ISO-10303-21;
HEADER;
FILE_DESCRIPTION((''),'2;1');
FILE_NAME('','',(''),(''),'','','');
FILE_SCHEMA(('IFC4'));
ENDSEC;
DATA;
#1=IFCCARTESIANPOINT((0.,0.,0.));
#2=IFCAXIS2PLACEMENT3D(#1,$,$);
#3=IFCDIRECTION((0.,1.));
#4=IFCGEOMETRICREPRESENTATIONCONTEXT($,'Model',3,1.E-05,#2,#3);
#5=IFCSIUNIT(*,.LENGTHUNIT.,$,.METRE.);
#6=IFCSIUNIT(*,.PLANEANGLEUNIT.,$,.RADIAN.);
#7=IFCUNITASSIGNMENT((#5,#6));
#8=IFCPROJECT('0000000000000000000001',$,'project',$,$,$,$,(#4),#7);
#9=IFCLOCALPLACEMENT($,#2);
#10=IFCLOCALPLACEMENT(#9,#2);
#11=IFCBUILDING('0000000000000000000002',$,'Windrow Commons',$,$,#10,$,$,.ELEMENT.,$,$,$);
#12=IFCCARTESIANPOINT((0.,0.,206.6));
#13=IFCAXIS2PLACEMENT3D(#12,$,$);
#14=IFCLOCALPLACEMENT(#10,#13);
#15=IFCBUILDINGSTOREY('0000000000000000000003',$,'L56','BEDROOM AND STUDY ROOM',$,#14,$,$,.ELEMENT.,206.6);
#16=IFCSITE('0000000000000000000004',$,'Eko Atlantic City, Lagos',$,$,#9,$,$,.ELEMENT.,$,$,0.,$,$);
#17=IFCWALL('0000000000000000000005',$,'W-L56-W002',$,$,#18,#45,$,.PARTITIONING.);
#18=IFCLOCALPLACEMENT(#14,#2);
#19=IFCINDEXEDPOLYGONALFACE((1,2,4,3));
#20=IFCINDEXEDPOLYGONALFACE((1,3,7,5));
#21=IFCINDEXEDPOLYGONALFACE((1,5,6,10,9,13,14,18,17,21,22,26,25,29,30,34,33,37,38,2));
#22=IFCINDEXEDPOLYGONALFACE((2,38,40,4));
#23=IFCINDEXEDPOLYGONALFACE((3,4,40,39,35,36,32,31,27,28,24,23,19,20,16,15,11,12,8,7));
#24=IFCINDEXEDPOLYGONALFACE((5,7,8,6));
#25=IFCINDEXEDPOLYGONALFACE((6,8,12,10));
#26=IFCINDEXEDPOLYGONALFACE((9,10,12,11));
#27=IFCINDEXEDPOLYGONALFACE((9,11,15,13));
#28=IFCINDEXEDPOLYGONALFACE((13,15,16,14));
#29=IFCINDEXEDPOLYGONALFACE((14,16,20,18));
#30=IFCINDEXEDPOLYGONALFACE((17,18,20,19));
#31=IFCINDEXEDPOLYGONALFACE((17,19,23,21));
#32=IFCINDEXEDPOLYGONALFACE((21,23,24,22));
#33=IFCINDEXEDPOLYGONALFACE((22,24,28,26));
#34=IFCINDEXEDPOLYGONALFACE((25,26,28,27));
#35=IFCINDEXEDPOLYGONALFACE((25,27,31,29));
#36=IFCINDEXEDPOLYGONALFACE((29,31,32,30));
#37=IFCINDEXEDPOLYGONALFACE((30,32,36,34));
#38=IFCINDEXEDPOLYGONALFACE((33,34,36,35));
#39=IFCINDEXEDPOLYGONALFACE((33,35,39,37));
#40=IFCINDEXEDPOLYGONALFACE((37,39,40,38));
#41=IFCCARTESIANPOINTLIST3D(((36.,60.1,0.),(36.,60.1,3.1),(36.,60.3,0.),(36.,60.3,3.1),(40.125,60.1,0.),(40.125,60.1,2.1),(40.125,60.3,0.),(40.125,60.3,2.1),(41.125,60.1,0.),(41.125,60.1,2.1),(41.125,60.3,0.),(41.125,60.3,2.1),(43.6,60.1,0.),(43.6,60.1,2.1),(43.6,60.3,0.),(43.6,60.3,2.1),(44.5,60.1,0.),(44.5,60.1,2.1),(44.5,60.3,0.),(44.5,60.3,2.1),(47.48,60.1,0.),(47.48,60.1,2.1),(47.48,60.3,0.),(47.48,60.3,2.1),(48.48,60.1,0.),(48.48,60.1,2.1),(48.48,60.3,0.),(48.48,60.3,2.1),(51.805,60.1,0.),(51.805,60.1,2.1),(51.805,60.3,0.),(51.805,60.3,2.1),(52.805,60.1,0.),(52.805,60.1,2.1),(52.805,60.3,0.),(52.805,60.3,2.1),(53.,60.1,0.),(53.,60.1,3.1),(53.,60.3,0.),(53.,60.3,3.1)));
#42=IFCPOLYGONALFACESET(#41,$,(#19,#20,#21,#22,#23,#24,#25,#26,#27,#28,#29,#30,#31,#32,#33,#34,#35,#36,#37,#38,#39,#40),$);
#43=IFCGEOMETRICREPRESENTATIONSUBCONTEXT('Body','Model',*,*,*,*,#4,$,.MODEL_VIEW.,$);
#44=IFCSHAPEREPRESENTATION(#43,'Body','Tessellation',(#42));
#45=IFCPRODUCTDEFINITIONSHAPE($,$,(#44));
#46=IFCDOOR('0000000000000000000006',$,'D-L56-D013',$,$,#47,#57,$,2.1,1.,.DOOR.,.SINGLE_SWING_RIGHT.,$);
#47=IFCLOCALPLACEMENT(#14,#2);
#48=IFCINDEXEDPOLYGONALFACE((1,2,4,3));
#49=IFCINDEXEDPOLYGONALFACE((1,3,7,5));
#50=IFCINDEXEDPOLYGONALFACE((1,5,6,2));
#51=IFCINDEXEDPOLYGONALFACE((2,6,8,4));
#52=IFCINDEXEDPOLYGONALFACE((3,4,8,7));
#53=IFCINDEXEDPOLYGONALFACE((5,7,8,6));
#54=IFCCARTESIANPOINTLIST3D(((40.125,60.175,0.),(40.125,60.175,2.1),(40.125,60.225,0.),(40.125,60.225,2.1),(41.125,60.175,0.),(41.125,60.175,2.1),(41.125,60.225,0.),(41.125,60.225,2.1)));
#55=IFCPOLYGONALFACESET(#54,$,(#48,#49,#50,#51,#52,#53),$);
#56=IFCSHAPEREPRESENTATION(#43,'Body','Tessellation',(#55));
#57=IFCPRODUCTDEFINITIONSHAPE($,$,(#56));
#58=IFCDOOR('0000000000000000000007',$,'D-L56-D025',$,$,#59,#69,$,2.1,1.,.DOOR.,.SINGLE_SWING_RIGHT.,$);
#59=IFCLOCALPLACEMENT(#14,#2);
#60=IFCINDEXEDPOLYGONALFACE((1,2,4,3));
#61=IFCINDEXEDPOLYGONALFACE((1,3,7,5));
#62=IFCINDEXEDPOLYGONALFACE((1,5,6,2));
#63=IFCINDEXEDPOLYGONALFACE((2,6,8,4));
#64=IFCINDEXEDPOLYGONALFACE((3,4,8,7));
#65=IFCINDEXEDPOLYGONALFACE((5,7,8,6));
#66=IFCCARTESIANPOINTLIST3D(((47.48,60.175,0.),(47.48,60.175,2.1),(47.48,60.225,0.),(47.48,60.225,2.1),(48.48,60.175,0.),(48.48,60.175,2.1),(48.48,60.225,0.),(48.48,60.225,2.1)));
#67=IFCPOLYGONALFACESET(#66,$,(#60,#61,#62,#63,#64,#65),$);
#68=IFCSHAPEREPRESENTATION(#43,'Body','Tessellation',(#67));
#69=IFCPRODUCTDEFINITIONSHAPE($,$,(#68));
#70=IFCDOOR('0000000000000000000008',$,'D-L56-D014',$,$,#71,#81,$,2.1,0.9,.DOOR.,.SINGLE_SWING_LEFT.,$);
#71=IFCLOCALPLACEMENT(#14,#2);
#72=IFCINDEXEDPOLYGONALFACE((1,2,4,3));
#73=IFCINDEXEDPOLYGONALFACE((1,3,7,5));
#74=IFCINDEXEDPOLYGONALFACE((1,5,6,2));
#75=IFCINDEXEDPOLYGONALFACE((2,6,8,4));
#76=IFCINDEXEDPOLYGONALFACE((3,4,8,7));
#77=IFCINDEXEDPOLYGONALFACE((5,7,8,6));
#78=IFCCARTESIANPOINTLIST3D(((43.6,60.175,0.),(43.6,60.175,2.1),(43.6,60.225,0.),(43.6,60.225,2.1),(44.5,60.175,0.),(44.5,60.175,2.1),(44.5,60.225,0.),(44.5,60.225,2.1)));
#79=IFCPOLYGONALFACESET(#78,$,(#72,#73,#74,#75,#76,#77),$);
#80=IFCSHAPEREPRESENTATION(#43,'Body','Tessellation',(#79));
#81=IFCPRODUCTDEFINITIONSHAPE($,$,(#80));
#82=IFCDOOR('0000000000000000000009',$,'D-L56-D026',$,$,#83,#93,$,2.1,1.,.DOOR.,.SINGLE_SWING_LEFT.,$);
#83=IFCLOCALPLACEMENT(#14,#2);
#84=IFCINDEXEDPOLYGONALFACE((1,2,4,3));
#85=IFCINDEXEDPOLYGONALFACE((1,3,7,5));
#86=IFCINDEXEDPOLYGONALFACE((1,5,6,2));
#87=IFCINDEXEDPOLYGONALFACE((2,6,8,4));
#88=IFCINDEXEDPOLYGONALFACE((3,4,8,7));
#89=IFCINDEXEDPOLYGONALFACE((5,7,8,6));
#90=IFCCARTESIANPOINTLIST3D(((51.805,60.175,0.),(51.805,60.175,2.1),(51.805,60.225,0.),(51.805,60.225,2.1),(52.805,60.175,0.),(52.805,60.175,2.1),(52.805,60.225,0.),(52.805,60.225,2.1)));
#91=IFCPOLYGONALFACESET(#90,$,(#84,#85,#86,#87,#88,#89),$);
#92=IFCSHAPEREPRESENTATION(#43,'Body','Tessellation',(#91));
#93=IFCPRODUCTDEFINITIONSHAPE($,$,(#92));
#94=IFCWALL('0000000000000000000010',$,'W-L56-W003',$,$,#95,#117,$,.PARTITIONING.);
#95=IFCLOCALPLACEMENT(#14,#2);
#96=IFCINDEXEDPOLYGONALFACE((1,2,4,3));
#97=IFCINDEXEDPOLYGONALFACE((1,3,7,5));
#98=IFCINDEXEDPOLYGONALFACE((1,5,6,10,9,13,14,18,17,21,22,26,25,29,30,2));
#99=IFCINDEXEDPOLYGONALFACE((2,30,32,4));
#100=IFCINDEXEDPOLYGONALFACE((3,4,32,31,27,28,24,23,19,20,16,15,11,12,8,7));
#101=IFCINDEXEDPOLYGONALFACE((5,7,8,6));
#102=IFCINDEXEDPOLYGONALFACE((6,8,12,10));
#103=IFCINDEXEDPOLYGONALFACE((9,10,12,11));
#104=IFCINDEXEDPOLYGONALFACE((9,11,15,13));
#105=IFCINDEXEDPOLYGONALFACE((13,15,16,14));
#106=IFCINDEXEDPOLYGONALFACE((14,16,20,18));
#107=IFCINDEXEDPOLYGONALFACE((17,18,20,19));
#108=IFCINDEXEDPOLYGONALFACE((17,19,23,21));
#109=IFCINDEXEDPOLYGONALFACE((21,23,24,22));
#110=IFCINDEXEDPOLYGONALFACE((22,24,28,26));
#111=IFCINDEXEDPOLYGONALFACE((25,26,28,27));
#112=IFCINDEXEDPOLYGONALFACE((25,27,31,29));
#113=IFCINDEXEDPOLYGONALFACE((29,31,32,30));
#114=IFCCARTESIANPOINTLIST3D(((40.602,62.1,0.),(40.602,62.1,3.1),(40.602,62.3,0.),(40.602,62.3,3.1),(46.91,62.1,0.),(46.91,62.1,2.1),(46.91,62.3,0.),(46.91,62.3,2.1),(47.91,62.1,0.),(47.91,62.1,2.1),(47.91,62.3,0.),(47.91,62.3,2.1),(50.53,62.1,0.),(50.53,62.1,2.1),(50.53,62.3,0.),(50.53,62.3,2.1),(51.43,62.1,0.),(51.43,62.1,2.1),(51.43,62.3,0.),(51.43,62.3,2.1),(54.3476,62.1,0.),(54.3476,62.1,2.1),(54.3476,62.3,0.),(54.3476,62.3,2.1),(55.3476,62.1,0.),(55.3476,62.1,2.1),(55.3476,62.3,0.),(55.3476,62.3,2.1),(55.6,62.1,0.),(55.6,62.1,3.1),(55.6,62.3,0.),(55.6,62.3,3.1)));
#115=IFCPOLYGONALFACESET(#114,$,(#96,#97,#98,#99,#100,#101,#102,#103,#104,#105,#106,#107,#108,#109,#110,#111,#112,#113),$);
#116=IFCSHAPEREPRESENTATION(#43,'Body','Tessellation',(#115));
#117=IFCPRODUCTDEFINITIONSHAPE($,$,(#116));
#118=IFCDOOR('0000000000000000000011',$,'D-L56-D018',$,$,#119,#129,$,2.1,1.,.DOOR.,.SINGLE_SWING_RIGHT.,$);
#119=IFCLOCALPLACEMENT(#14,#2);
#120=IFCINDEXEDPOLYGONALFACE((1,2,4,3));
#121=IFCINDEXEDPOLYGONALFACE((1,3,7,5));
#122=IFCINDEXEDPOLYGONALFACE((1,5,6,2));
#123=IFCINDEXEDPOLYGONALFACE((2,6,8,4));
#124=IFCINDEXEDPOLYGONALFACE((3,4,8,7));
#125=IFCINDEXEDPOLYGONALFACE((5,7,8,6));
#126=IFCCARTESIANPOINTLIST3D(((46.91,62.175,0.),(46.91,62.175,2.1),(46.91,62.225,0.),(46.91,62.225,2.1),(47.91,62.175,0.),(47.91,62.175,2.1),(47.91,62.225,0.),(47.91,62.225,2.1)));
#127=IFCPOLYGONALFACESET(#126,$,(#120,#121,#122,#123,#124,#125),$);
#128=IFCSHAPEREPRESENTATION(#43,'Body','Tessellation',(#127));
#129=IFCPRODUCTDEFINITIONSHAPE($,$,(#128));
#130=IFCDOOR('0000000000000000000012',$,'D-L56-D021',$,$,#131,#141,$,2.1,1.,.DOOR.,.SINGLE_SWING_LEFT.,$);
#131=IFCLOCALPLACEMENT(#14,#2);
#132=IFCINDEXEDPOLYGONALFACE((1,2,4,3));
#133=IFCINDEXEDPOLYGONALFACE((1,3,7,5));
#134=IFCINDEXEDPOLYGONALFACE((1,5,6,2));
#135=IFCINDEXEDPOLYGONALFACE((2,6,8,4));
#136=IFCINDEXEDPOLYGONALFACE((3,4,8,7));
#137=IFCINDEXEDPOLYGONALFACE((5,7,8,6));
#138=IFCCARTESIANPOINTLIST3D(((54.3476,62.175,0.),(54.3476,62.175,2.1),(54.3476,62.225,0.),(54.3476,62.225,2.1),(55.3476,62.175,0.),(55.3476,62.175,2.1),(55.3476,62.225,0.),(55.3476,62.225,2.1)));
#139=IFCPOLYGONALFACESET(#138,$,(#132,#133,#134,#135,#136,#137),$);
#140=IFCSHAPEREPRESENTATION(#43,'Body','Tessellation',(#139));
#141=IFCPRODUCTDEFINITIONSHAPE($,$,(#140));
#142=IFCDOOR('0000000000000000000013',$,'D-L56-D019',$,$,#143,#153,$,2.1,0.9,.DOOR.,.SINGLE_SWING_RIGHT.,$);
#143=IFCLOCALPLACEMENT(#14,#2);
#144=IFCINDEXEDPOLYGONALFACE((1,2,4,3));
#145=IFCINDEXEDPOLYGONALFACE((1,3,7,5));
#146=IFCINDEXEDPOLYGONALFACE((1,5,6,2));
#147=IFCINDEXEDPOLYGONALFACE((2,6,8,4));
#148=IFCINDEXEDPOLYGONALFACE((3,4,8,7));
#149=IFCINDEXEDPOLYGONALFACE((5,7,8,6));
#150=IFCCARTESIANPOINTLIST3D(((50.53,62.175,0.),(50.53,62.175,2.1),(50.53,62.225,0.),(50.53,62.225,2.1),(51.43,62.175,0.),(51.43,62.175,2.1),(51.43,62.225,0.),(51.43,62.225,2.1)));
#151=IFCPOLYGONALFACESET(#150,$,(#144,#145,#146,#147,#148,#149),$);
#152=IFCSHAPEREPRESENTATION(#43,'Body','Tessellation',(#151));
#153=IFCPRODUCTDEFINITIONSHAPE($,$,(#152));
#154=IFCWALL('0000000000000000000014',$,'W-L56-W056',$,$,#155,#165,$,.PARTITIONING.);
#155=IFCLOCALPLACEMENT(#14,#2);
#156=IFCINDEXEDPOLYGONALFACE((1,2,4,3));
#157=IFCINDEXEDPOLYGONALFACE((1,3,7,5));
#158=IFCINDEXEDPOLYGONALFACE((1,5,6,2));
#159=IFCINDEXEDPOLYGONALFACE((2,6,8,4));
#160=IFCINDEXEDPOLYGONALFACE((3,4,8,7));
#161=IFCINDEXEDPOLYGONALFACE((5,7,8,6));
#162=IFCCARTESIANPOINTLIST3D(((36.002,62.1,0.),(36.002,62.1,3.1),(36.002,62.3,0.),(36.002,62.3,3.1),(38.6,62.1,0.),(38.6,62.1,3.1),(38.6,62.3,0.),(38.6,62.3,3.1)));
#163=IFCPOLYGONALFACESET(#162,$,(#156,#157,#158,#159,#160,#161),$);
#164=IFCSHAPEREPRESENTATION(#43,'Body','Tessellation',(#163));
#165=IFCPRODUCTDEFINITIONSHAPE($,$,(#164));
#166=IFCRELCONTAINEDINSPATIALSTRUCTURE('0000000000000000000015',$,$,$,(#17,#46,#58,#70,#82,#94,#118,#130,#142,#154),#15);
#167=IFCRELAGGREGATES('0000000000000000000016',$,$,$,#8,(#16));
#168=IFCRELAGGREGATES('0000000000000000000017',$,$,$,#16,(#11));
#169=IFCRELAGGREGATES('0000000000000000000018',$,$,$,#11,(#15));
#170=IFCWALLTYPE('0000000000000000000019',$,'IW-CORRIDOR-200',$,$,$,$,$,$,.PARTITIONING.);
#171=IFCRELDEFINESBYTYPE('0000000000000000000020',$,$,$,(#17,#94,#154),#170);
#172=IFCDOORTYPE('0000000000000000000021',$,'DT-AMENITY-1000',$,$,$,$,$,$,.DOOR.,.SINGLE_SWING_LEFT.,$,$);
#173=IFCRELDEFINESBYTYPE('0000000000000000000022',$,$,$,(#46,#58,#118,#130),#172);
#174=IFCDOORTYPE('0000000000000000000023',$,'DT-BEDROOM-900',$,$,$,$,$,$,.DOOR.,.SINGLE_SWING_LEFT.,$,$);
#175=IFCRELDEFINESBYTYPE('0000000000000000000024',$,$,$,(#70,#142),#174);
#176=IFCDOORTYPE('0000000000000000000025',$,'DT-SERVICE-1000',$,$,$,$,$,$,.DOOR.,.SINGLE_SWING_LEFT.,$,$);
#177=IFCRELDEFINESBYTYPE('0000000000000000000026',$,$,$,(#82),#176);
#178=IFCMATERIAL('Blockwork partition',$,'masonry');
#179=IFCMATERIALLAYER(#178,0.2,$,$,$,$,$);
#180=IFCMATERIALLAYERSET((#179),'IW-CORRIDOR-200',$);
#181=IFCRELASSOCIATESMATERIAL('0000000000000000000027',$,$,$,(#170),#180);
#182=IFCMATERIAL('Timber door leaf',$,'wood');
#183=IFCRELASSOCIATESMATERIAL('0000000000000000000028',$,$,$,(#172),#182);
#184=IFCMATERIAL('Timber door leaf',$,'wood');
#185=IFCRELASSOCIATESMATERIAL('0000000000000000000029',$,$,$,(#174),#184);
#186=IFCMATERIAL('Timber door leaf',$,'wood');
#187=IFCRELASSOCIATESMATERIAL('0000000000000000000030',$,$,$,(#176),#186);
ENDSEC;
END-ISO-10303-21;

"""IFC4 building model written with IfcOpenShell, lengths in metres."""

from ifc_helpers import new_model, si_unit, direction, frame, frame_2d, origin, place, context, subcontext, project, spatial, rectangle, extrude, material, layer, layer_set, type_object, element, fill, save


model = new_model("IFC4")

# Units and contexts
model_context = context("Model", 3, precision=1e-05, world=origin(), true_north=direction((0.0, 1.0)))
body_context = subcontext(model_context, "Body", "Model", "MODEL_VIEW")
ifc_project = project(units=[si_unit("LENGTHUNIT", "METRE"), si_unit("PLANEANGLEUNIT", "RADIAN")], contexts=[model_context])

# Site, building, storey
site_placement = place(None, origin())
site = spatial("IfcSite", under=ifc_project, at=site_placement, Name="Eko Atlantic City, Lagos", CompositionType="ELEMENT", RefElevation=0.0)
building_placement = place(site_placement, origin())
building = spatial("IfcBuilding", under=site, at=building_placement, Name="Windrow Commons", CompositionType="ELEMENT")
storey_placement = place(building_placement, frame((0.0, 0.0, 206.6)))
storey = spatial("IfcBuildingStorey", under=building, at=storey_placement, Name="L56", Description="BEDROOM AND STUDY ROOM", CompositionType="ELEMENT", Elevation=206.6)

# Walls, openings, doors
ifc_material_1 = material(Name="Blockwork partition", Category="masonry")
ifc_layer_1 = layer(ifc_material_1, 0.2)
ifc_layer_set_1 = layer_set([ifc_layer_1], Name="IW-CORRIDOR-200")
wall_type_1 = type_object("IfcWallType", Name="IW-CORRIDOR-200", PredefinedType="PARTITIONING", material=ifc_layer_set_1)
wall_1_placement = place(storey_placement, frame((36.0, 60.2, 0.0), z_axis=(0.0, 0.0, 1.0), x_axis=(1.0, 0.0, 0.0)))
wall_1 = element("IfcWall", 1, at=wall_1_placement, inside=storey, type_object=wall_type_1, Name="W-L56-W002", PredefinedType="PARTITIONING", context=body_context, shape_type="SweptSolid", body=[
    extrude(rectangle(XDim=17.0, YDim=0.2, at=frame_2d((8.5, 0.0))), origin(), (0.0, 0.0, 1.0), 3.1),
])
opening_1_placement = place(wall_1_placement, frame((4.125, 0.0, 0.0)))
opening_1 = element("IfcOpeningElement", 2, at=opening_1_placement, cuts=wall_1, PredefinedType="OPENING", context=body_context, shape_type="SweptSolid", body=[
    extrude(rectangle(XDim=1.0, YDim=2.1, at=frame_2d((0.5, 1.05))), frame((0.0, 0.11, 0.0), z_axis=(0.0, -1.0, 0.0), x_axis=(1.0, 0.0, 0.0)), (0.0, 0.0, 1.0), 0.22),
])
opening_2_placement = place(wall_1_placement, frame((7.6, 0.0, 0.0)))
opening_2 = element("IfcOpeningElement", 3, at=opening_2_placement, cuts=wall_1, PredefinedType="OPENING", context=body_context, shape_type="SweptSolid", body=[
    extrude(rectangle(XDim=0.9, YDim=2.1, at=frame_2d((0.45, 1.05))), frame((0.0, 0.11, 0.0), z_axis=(0.0, -1.0, 0.0), x_axis=(1.0, 0.0, 0.0)), (0.0, 0.0, 1.0), 0.22),
])
opening_3_placement = place(wall_1_placement, frame((11.48, 0.0, 0.0)))
opening_3 = element("IfcOpeningElement", 4, at=opening_3_placement, cuts=wall_1, PredefinedType="OPENING", context=body_context, shape_type="SweptSolid", body=[
    extrude(rectangle(XDim=1.0, YDim=2.1, at=frame_2d((0.5, 1.05))), frame((0.0, 0.11, 0.0), z_axis=(0.0, -1.0, 0.0), x_axis=(1.0, 0.0, 0.0)), (0.0, 0.0, 1.0), 0.22),
])
opening_4_placement = place(wall_1_placement, frame((15.805, 0.0, 0.0)))
opening_4 = element("IfcOpeningElement", 5, at=opening_4_placement, cuts=wall_1, PredefinedType="OPENING", context=body_context, shape_type="SweptSolid", body=[
    extrude(rectangle(XDim=1.0, YDim=2.1, at=frame_2d((0.5, 1.05))), frame((0.0, 0.11, 0.0), z_axis=(0.0, -1.0, 0.0), x_axis=(1.0, 0.0, 0.0)), (0.0, 0.0, 1.0), 0.22),
])
ifc_material_2 = material(Name="Timber door leaf", Category="wood")
door_type_1 = type_object("IfcDoorType", Name="DT-AMENITY-1000", OperationType="SINGLE_SWING_LEFT", PredefinedType="DOOR", material=ifc_material_2)
door_1_placement = place(opening_1_placement, origin())
door_1 = element("IfcDoor", 6, at=door_1_placement, inside=storey, type_object=door_type_1, Name="D-L56-D013", OperationType="SINGLE_SWING_RIGHT", OverallHeight=2.1, OverallWidth=1.0, PredefinedType="DOOR", context=body_context, shape_type="SweptSolid", body=[
    extrude(rectangle(XDim=1.0, YDim=2.1, at=frame_2d((0.5, 1.05))), frame((0.0, 0.025, 0.0), z_axis=(0.0, -1.0, 0.0), x_axis=(1.0, 0.0, 0.0)), (0.0, 0.0, 1.0), 0.05),
])
fill(opening_1, door_1)
door_2_placement = place(opening_3_placement, origin())
door_2 = element("IfcDoor", 7, at=door_2_placement, inside=storey, type_object=door_type_1, Name="D-L56-D025", OperationType="SINGLE_SWING_RIGHT", OverallHeight=2.1, OverallWidth=1.0, PredefinedType="DOOR", context=body_context, shape_type="SweptSolid", body=[
    extrude(rectangle(XDim=1.0, YDim=2.1, at=frame_2d((0.5, 1.05))), frame((0.0, 0.025, 0.0), z_axis=(0.0, -1.0, 0.0), x_axis=(1.0, 0.0, 0.0)), (0.0, 0.0, 1.0), 0.05),
])
fill(opening_3, door_2)
ifc_material_3 = material(Name="Timber door leaf", Category="wood")
door_type_2 = type_object("IfcDoorType", Name="DT-BEDROOM-900", OperationType="SINGLE_SWING_LEFT", PredefinedType="DOOR", material=ifc_material_3)
door_3_placement = place(opening_2_placement, origin())
door_3 = element("IfcDoor", 8, at=door_3_placement, inside=storey, type_object=door_type_2, Name="D-L56-D014", OperationType="SINGLE_SWING_LEFT", OverallHeight=2.1, OverallWidth=0.9, PredefinedType="DOOR", context=body_context, shape_type="SweptSolid", body=[
    extrude(rectangle(XDim=0.9, YDim=2.1, at=frame_2d((0.45, 1.05))), frame((0.0, 0.025, 0.0), z_axis=(0.0, -1.0, 0.0), x_axis=(1.0, 0.0, 0.0)), (0.0, 0.0, 1.0), 0.05),
])
fill(opening_2, door_3)
ifc_material_4 = material(Name="Timber door leaf", Category="wood")
door_type_3 = type_object("IfcDoorType", Name="DT-SERVICE-1000", OperationType="SINGLE_SWING_LEFT", PredefinedType="DOOR", material=ifc_material_4)
door_4_placement = place(opening_4_placement, origin())
door_4 = element("IfcDoor", 9, at=door_4_placement, inside=storey, type_object=door_type_3, Name="D-L56-D026", OperationType="SINGLE_SWING_LEFT", OverallHeight=2.1, OverallWidth=1.0, PredefinedType="DOOR", context=body_context, shape_type="SweptSolid", body=[
    extrude(rectangle(XDim=1.0, YDim=2.1, at=frame_2d((0.5, 1.05))), frame((0.0, 0.025, 0.0), z_axis=(0.0, -1.0, 0.0), x_axis=(1.0, 0.0, 0.0)), (0.0, 0.0, 1.0), 0.05),
])
fill(opening_4, door_4)
wall_2_placement = place(storey_placement, frame((40.602, 62.2, 0.0), z_axis=(0.0, 0.0, 1.0), x_axis=(1.0, 0.0, 0.0)))
wall_2 = element("IfcWall", 10, at=wall_2_placement, inside=storey, type_object=wall_type_1, Name="W-L56-W003", PredefinedType="PARTITIONING", context=body_context, shape_type="SweptSolid", body=[
    extrude(rectangle(XDim=14.998, YDim=0.2, at=frame_2d((7.499, 0.0))), origin(), (0.0, 0.0, 1.0), 3.1),
])
opening_5_placement = place(wall_2_placement, frame((6.308, 0.0, 0.0)))
opening_5 = element("IfcOpeningElement", 11, at=opening_5_placement, cuts=wall_2, PredefinedType="OPENING", context=body_context, shape_type="SweptSolid", body=[
    extrude(rectangle(XDim=1.0, YDim=2.1, at=frame_2d((0.5, 1.05))), frame((0.0, 0.11, 0.0), z_axis=(0.0, -1.0, 0.0), x_axis=(1.0, 0.0, 0.0)), (0.0, 0.0, 1.0), 0.22),
])
opening_6_placement = place(wall_2_placement, frame((9.928, 0.0, 0.0)))
opening_6 = element("IfcOpeningElement", 12, at=opening_6_placement, cuts=wall_2, PredefinedType="OPENING", context=body_context, shape_type="SweptSolid", body=[
    extrude(rectangle(XDim=0.9, YDim=2.1, at=frame_2d((0.45, 1.05))), frame((0.0, 0.11, 0.0), z_axis=(0.0, -1.0, 0.0), x_axis=(1.0, 0.0, 0.0)), (0.0, 0.0, 1.0), 0.22),
])
opening_7_placement = place(wall_2_placement, frame((13.7456, 0.0, 0.0)))
opening_7 = element("IfcOpeningElement", 13, at=opening_7_placement, cuts=wall_2, PredefinedType="OPENING", context=body_context, shape_type="SweptSolid", body=[
    extrude(rectangle(XDim=1.0, YDim=2.1, at=frame_2d((0.5, 1.05))), frame((0.0, 0.11, 0.0), z_axis=(0.0, -1.0, 0.0), x_axis=(1.0, 0.0, 0.0)), (0.0, 0.0, 1.0), 0.22),
])
door_5_placement = place(opening_5_placement, origin())
door_5 = element("IfcDoor", 14, at=door_5_placement, inside=storey, type_object=door_type_1, Name="D-L56-D018", OperationType="SINGLE_SWING_RIGHT", OverallHeight=2.1, OverallWidth=1.0, PredefinedType="DOOR", context=body_context, shape_type="SweptSolid", body=[
    extrude(rectangle(XDim=1.0, YDim=2.1, at=frame_2d((0.5, 1.05))), frame((0.0, 0.025, 0.0), z_axis=(0.0, -1.0, 0.0), x_axis=(1.0, 0.0, 0.0)), (0.0, 0.0, 1.0), 0.05),
])
fill(opening_5, door_5)
door_6_placement = place(opening_7_placement, origin())
door_6 = element("IfcDoor", 15, at=door_6_placement, inside=storey, type_object=door_type_1, Name="D-L56-D021", OperationType="SINGLE_SWING_LEFT", OverallHeight=2.1, OverallWidth=1.0, PredefinedType="DOOR", context=body_context, shape_type="SweptSolid", body=[
    extrude(rectangle(XDim=1.0, YDim=2.1, at=frame_2d((0.5, 1.05))), frame((0.0, 0.025, 0.0), z_axis=(0.0, -1.0, 0.0), x_axis=(1.0, 0.0, 0.0)), (0.0, 0.0, 1.0), 0.05),
])
fill(opening_7, door_6)
door_7_placement = place(opening_6_placement, origin())
door_7 = element("IfcDoor", 16, at=door_7_placement, inside=storey, type_object=door_type_2, Name="D-L56-D019", OperationType="SINGLE_SWING_RIGHT", OverallHeight=2.1, OverallWidth=0.9, PredefinedType="DOOR", context=body_context, shape_type="SweptSolid", body=[
    extrude(rectangle(XDim=0.9, YDim=2.1, at=frame_2d((0.45, 1.05))), frame((0.0, 0.025, 0.0), z_axis=(0.0, -1.0, 0.0), x_axis=(1.0, 0.0, 0.0)), (0.0, 0.0, 1.0), 0.05),
])
fill(opening_6, door_7)

# Wall
wall_3_placement = place(storey_placement, frame((36.002, 62.2, 0.0), z_axis=(0.0, 0.0, 1.0), x_axis=(1.0, 0.0, 0.0)))
element("IfcWall", 17, at=wall_3_placement, inside=storey, type_object=wall_type_1, Name="W-L56-W056", PredefinedType="PARTITIONING", context=body_context, shape_type="SweptSolid", body=[
    extrude(rectangle(XDim=2.598, YDim=0.2, at=frame_2d((1.299, 0.0))), origin(), (0.0, 0.0, 1.0), 3.1),
])

save(model, "model.ifc")
